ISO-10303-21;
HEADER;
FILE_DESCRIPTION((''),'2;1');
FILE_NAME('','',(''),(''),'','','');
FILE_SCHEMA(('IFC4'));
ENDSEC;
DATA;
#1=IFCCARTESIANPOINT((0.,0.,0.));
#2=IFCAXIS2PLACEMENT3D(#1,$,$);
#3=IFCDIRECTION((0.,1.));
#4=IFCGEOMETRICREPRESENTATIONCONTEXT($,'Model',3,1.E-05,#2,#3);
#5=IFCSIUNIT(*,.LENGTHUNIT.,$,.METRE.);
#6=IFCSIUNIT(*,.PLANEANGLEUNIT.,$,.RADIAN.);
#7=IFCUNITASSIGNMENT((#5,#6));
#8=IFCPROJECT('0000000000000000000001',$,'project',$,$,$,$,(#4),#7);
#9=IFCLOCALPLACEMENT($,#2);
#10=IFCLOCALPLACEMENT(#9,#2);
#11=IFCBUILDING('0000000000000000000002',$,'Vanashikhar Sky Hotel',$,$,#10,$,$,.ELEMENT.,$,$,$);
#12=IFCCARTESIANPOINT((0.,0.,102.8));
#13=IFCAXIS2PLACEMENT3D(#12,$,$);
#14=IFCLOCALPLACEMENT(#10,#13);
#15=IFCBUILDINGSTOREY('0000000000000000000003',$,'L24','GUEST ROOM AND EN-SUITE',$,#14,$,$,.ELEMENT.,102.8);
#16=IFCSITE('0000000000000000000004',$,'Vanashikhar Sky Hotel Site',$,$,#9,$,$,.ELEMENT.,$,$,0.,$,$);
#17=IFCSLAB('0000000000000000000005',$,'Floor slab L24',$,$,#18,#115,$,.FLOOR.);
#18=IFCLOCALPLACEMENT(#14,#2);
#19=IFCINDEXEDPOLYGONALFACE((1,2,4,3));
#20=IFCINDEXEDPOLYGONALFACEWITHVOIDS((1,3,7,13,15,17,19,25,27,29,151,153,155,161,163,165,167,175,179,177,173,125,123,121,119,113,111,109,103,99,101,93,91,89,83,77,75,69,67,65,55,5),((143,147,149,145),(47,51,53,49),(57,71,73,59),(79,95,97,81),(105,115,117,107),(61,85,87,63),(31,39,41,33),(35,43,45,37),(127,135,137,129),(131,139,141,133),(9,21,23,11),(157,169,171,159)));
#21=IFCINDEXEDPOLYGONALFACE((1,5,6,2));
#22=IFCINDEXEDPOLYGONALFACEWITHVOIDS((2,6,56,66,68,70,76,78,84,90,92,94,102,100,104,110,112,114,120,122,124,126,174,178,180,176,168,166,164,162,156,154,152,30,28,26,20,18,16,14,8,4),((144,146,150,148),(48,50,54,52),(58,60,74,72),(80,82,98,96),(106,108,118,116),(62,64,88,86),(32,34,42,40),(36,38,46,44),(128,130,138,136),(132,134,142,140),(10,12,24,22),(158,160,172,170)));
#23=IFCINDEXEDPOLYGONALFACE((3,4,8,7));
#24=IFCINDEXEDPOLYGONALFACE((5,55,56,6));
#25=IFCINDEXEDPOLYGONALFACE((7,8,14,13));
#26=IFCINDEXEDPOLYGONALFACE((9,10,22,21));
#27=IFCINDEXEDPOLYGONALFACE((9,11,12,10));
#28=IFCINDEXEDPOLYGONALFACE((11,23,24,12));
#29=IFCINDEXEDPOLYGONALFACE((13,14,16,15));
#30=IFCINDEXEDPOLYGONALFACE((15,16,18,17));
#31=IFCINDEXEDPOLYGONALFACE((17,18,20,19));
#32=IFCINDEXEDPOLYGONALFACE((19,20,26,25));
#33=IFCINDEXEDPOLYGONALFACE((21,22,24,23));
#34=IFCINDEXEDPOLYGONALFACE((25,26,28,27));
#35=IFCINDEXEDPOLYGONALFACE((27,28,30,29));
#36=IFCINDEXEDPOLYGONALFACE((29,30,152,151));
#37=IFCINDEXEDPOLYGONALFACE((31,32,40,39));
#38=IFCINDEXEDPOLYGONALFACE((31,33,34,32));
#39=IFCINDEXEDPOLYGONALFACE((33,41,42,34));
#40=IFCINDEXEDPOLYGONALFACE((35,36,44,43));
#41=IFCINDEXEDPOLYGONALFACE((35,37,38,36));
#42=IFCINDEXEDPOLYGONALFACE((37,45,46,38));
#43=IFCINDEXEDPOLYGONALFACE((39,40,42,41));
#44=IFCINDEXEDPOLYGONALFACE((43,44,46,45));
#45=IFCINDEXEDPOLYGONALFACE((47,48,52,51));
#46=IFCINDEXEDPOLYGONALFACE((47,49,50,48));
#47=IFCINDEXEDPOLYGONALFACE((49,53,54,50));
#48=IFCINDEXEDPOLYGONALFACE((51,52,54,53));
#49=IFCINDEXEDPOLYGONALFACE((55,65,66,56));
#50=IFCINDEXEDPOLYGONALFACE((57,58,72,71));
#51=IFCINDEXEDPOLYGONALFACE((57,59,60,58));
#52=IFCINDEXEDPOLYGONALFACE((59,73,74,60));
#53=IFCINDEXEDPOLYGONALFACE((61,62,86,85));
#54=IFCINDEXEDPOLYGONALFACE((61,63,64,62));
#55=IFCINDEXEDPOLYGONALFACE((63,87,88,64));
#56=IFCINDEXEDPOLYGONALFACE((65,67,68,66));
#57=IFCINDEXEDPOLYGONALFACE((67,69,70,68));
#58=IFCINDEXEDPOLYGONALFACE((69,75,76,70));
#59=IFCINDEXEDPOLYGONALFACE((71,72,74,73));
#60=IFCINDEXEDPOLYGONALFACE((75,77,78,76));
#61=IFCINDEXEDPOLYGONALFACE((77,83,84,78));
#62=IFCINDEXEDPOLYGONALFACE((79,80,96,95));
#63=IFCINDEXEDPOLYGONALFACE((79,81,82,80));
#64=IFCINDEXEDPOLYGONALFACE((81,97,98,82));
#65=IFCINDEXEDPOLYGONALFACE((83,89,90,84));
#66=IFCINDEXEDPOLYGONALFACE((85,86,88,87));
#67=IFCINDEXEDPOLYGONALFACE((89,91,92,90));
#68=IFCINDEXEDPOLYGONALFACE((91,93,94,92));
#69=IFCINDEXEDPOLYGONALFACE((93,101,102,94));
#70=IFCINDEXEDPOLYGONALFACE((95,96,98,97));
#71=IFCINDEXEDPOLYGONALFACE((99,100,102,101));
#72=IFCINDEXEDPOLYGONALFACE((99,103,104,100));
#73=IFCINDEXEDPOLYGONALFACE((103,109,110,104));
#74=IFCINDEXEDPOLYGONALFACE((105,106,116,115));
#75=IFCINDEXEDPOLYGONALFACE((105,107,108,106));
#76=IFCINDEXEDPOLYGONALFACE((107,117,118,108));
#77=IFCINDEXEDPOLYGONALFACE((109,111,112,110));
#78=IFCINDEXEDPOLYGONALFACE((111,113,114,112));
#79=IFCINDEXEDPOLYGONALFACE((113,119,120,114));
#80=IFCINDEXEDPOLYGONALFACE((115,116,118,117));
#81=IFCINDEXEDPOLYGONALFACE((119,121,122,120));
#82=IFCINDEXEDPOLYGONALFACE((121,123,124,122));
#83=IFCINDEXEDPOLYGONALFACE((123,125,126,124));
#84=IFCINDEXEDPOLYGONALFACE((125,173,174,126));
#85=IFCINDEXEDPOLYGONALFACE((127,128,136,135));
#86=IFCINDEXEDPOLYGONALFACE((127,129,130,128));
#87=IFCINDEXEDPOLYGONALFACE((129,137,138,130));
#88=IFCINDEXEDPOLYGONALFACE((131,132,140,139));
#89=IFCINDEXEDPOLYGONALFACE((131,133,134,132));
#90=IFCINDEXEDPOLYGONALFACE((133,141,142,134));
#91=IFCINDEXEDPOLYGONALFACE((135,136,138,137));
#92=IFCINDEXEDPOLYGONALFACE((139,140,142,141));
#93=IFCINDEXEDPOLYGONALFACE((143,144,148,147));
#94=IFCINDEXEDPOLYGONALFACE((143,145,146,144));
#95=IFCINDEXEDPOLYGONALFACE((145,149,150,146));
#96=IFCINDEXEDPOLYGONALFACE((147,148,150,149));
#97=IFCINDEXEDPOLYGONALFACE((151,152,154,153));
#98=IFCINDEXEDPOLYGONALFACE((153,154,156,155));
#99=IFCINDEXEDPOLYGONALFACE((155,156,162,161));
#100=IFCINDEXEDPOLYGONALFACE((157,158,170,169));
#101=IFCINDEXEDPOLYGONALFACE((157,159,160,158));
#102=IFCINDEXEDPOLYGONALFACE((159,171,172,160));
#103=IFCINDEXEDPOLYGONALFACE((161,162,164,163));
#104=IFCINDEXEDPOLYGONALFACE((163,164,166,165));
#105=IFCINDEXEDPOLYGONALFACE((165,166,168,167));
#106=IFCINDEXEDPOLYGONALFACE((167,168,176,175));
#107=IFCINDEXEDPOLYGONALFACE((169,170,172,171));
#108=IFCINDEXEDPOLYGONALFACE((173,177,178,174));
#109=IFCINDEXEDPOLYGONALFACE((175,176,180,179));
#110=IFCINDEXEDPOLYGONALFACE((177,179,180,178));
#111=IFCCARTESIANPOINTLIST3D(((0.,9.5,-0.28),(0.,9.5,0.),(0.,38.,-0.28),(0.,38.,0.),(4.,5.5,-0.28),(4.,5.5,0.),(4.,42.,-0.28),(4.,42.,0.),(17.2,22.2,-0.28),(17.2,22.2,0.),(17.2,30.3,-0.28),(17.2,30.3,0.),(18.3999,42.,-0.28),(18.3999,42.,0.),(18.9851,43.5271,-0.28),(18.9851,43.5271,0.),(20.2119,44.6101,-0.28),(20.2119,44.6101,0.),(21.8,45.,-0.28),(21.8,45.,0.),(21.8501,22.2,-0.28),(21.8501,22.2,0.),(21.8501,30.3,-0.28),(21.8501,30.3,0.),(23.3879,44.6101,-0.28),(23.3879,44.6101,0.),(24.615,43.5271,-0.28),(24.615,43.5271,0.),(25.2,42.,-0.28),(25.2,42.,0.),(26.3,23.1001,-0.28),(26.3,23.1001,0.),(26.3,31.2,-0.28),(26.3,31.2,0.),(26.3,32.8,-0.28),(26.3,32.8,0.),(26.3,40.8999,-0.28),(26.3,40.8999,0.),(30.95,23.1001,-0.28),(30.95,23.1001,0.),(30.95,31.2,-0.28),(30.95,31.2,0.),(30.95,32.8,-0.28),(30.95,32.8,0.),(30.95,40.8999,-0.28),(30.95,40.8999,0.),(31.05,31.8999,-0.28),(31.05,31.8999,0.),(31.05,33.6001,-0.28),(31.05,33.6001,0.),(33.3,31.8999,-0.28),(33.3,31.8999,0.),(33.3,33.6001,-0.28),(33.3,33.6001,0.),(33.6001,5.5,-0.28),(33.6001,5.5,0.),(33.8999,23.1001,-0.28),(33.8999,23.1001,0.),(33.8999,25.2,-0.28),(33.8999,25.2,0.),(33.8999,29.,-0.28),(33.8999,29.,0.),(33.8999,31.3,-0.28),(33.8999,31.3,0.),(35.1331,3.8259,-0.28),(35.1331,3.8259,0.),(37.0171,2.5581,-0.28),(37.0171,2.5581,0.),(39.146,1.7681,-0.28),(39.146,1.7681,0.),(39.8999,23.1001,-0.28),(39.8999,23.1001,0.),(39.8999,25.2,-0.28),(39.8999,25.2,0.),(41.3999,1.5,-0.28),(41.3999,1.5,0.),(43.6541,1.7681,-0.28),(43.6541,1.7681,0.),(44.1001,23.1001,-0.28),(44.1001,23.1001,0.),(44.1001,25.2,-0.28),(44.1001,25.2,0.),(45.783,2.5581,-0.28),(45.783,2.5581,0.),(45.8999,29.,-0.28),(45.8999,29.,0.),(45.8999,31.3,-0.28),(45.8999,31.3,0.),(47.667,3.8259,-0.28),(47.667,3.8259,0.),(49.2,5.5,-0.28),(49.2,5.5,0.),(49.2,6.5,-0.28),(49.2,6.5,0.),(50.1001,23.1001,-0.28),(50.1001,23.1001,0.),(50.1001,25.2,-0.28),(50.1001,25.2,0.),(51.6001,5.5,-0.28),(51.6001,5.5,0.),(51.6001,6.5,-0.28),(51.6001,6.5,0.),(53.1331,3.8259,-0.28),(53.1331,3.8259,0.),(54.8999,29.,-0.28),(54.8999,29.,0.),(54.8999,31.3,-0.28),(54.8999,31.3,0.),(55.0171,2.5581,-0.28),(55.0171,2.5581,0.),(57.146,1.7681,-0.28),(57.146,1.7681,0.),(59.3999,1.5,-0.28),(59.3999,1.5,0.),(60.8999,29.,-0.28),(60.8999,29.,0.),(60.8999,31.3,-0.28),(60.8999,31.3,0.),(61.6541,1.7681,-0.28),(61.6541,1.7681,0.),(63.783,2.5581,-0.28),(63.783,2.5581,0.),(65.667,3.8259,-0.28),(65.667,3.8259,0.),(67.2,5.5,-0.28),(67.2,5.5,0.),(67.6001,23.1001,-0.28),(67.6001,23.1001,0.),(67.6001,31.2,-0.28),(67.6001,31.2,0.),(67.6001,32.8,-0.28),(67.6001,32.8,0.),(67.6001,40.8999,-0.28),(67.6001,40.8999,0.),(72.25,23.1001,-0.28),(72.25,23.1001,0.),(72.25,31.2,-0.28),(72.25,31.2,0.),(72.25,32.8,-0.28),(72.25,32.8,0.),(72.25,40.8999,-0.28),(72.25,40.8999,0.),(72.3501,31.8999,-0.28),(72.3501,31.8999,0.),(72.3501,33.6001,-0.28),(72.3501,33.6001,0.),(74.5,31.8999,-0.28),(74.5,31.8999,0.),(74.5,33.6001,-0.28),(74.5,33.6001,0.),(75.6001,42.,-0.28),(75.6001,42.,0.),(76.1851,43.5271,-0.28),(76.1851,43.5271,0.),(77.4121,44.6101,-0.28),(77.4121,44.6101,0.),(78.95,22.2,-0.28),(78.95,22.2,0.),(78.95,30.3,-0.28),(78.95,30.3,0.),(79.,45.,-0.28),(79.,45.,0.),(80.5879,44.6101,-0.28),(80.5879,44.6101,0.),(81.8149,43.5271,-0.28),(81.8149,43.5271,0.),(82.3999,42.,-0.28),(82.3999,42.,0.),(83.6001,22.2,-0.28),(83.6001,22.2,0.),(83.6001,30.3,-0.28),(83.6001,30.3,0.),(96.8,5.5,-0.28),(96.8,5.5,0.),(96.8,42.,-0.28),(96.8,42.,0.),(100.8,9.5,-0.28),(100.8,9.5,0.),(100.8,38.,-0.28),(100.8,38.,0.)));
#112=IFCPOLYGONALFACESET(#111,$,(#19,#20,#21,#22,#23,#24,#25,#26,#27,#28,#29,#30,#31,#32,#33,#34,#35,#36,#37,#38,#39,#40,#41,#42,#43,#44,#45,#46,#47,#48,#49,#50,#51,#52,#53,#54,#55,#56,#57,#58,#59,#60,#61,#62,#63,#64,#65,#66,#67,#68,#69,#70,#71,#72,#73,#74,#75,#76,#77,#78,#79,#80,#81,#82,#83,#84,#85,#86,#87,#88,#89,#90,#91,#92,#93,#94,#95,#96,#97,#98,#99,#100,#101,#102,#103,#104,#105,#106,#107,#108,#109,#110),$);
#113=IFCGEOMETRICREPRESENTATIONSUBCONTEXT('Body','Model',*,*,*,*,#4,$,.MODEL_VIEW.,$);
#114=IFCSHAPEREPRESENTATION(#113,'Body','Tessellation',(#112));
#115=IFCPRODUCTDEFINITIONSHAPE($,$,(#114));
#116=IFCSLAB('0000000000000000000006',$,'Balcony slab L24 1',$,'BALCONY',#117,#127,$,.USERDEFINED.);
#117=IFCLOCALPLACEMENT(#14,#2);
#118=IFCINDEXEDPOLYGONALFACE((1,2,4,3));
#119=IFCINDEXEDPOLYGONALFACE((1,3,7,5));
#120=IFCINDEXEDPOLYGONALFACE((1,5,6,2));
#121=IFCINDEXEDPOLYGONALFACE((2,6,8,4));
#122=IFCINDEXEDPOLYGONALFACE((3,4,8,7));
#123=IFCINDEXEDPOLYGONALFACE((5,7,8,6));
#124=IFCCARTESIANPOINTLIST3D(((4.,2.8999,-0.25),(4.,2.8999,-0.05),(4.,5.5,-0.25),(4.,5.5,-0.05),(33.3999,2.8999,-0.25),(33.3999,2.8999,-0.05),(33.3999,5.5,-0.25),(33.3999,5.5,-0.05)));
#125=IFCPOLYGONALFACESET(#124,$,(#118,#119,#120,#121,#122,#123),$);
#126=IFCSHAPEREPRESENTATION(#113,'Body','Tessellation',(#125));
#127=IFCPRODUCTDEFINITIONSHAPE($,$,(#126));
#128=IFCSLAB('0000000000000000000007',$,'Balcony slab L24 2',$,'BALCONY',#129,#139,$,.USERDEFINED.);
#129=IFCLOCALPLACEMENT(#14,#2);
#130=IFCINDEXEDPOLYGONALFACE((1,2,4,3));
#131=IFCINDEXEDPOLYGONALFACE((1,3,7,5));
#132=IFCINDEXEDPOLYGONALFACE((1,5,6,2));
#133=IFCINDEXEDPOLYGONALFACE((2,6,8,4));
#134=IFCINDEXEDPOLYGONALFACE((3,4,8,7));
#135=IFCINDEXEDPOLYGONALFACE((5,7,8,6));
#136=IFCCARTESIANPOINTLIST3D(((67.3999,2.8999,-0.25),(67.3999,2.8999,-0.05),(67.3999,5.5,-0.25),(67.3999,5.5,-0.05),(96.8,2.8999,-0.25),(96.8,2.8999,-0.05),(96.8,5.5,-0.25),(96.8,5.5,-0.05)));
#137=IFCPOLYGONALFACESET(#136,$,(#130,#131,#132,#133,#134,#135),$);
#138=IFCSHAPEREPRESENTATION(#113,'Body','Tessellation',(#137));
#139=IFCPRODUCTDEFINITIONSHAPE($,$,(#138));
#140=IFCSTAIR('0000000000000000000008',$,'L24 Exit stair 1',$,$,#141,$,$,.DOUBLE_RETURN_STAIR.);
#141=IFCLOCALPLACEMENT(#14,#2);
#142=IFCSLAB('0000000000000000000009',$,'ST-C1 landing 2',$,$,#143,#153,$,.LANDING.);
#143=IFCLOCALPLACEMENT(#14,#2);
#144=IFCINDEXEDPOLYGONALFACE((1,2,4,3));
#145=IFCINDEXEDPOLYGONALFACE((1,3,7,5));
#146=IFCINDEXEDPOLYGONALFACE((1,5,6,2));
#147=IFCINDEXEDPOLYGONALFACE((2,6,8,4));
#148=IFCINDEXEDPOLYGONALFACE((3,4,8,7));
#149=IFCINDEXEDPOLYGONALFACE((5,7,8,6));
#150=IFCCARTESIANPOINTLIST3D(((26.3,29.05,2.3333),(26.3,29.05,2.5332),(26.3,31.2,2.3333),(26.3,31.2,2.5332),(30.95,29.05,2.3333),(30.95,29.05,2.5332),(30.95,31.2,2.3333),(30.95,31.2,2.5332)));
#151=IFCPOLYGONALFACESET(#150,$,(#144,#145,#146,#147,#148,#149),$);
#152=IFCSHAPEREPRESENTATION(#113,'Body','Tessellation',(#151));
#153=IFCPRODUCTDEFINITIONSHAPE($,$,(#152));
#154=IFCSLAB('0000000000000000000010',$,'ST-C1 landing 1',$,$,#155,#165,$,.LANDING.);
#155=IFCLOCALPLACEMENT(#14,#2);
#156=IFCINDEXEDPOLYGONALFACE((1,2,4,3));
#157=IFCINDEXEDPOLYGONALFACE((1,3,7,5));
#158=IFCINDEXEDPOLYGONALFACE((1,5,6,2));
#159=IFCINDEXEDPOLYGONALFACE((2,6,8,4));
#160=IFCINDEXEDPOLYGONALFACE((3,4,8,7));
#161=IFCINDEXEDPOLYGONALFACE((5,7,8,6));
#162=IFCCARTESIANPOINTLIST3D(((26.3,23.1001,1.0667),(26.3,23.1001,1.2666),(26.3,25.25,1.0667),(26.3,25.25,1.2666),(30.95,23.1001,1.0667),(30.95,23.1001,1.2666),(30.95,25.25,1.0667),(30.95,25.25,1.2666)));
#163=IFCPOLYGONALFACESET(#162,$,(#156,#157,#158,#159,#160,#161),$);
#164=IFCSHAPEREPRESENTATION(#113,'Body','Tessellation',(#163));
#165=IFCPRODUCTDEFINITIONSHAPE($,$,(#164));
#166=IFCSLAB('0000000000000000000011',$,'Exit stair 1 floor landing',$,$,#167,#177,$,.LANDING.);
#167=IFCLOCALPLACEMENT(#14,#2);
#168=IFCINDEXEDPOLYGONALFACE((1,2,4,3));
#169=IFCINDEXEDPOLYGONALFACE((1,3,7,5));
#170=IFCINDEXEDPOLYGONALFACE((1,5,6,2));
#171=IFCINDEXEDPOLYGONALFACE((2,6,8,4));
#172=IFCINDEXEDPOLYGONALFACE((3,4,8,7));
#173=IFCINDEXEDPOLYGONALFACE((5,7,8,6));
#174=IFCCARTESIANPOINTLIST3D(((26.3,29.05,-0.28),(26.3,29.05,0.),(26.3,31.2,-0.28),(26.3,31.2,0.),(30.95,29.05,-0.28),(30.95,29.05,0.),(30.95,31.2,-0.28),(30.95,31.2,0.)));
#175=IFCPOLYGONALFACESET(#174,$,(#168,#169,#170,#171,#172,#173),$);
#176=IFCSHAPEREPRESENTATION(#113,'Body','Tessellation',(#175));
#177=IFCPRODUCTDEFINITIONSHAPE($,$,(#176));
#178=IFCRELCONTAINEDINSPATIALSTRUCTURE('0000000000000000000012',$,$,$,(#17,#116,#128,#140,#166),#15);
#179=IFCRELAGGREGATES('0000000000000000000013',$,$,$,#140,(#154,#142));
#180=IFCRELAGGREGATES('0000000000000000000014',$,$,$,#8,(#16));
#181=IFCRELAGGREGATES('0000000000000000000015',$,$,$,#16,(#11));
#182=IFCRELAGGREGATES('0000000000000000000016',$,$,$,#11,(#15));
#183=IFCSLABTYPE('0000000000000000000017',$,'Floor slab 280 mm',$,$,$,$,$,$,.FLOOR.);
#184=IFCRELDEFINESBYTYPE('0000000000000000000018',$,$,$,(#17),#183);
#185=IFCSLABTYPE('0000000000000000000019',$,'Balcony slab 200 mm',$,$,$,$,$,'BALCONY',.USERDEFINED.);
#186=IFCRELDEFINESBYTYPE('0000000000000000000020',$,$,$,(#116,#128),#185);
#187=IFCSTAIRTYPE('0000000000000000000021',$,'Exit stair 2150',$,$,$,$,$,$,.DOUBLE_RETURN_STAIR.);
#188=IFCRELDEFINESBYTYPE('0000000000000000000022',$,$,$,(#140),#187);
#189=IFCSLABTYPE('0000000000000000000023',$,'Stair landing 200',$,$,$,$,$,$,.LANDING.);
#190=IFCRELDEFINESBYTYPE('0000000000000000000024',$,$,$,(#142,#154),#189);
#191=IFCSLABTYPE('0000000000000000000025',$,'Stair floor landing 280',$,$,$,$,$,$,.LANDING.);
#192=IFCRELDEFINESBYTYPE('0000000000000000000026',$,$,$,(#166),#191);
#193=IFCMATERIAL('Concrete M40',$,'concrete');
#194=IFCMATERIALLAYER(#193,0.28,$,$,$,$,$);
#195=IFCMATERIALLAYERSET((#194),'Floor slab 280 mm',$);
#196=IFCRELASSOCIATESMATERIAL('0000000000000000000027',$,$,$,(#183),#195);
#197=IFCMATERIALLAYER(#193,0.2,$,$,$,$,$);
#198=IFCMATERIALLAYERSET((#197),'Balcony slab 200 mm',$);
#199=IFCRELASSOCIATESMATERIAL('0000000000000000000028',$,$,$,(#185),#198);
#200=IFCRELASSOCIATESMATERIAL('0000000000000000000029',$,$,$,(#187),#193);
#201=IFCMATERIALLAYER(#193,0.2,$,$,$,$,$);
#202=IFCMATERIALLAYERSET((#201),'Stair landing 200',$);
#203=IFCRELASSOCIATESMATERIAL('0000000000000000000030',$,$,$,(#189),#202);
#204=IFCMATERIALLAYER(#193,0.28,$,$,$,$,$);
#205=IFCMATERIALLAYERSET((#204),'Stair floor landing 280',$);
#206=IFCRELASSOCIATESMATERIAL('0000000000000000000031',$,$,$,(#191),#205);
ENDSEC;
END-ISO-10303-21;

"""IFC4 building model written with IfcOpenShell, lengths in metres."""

from ifc_helpers import new_model, si_unit, direction, frame, origin, place, context, subcontext, project, spatial, polyline, outline, extrude, source, transform, mapped, material, layer, layer_set, type_object, element, aggregate, save


model = new_model("IFC4")

# Units and contexts
model_context = context("Model", 3, precision=1e-05, world=origin(), true_north=direction((0.0, 1.0)))
body_context = subcontext(model_context, "Body", "Model", "MODEL_VIEW")
ifc_project = project(units=[si_unit("LENGTHUNIT", "METRE"), si_unit("PLANEANGLEUNIT", "RADIAN")], contexts=[model_context])

# Site, building, storey
site_placement = place(None, origin())
site = spatial("IfcSite", under=ifc_project, at=site_placement, Name="Vanashikhar Sky Hotel Site", CompositionType="ELEMENT", RefElevation=0.0)
building_placement = place(site_placement, origin())
building = spatial("IfcBuilding", under=site, at=building_placement, Name="Vanashikhar Sky Hotel", CompositionType="ELEMENT")
storey_placement = place(building_placement, frame((0.0, 0.0, 102.8)))
storey = spatial("IfcBuildingStorey", under=building, at=storey_placement, Name="L24", Description="GUEST ROOM AND EN-SUITE", CompositionType="ELEMENT", Elevation=102.8)

# Slabs
ifc_material_1 = material(Name="Concrete M40", Category="concrete")
ifc_layer_1 = layer(ifc_material_1, 0.28)
ifc_layer_set_1 = layer_set([ifc_layer_1], Name="Floor slab 280 mm")
slab_type_1 = type_object("IfcSlabType", Name="Floor slab 280 mm", PredefinedType="FLOOR", material=ifc_layer_set_1)
shared_shape_1 = source(origin(), body_context, "Body", "SweptSolid", [
    extrude(outline(polyline([(49.2, 5.5), (49.2, 6.5), (51.6001, 6.5), (51.6001, 5.5), (53.1331, 3.8259), (55.0171, 2.5581), (57.146, 1.7681), (59.3999, 1.5), (61.6541, 1.7681), (63.783, 2.5581), (65.667, 3.8259), (67.2, 5.5), (96.8, 5.5), (100.8, 9.5), (100.8, 38.0), (96.8, 42.0), (82.3999, 42.0), (81.8149, 43.5271), (80.5879, 44.6101), (79.0, 45.0), (77.4121, 44.6101), (76.1851, 43.5271), (75.6001, 42.0), (25.2, 42.0), (24.615, 43.5271), (23.3879, 44.6101), (21.8, 45.0), (20.2119, 44.6101), (18.9851, 43.5271), (18.3999, 42.0), (4.0, 42.0), (0.0, 38.0), (0.0, 9.5), (4.0, 5.5), (33.6001, 5.5), (35.1331, 3.8259), (37.0171, 2.5581), (39.146, 1.7681), (41.3999, 1.5), (43.6541, 1.7681), (45.783, 2.5581), (47.667, 3.8259), (49.2, 5.5)]), holes=[polyline([(33.3, 33.6001), (31.05, 33.6001), (31.05, 31.8999), (33.3, 31.8999), (33.3, 33.6001)]), polyline([(33.8999, 25.2), (33.8999, 23.1001), (39.8999, 23.1001), (39.8999, 25.2), (33.8999, 25.2)]), polyline([(33.8999, 31.3), (33.8999, 29.0), (45.8999, 29.0), (45.8999, 31.3), (33.8999, 31.3)]), polyline([(44.1001, 25.2), (44.1001, 23.1001), (50.1001, 23.1001), (50.1001, 25.2), (44.1001, 25.2)]), polyline([(54.8999, 31.3), (54.8999, 29.0), (60.8999, 29.0), (60.8999, 31.3), (54.8999, 31.3)]), polyline([(74.5, 33.6001), (72.3501, 33.6001), (72.3501, 31.8999), (74.5, 31.8999), (74.5, 33.6001)]), polyline([(30.95, 23.1001), (30.95, 31.2), (26.3, 31.2), (26.3, 23.1001), (30.95, 23.1001)]), polyline([(72.25, 23.1001), (72.25, 31.2), (67.6001, 31.2), (67.6001, 23.1001), (72.25, 23.1001)]), polyline([(30.95, 32.8), (30.95, 40.8999), (26.3, 40.8999), (26.3, 32.8), (30.95, 32.8)]), polyline([(72.25, 32.8), (72.25, 40.8999), (67.6001, 40.8999), (67.6001, 32.8), (72.25, 32.8)]), polyline([(83.6001, 22.2), (83.6001, 30.3), (78.95, 30.3), (78.95, 22.2), (83.6001, 22.2)]), polyline([(21.8501, 22.2), (21.8501, 30.3), (17.2, 30.3), (17.2, 22.2), (21.8501, 22.2)])]), origin(), (0.0, 0.0, 1.0), 0.28),
])
slab_1_placement = place(storey_placement, frame((0.0, 0.0, -0.28)))
element("IfcSlab", 1, at=slab_1_placement, inside=storey, type_object=slab_type_1, Name="Floor slab L24", PredefinedType="FLOOR", context=body_context, shape_type="MappedRepresentation", body=[
    mapped(shared_shape_1, transform((0.0, 0.0, 0.0), scale=1.0)),
])
ifc_layer_2 = layer(ifc_material_1, 0.2)
ifc_layer_set_2 = layer_set([ifc_layer_2], Name="Balcony slab 200 mm")
slab_type_2 = type_object("IfcSlabType", Name="Balcony slab 200 mm", ElementType="BALCONY", PredefinedType="USERDEFINED", material=ifc_layer_set_2)
shared_shape_2 = source(origin(), body_context, "Body", "SweptSolid", [
    extrude(outline(polyline([(4.0, 2.8999), (33.3999, 2.8999), (33.3999, 5.5), (4.0, 5.5), (4.0, 2.8999)])), origin(), (0.0, 0.0, 1.0), 0.2),
])
slab_2_placement = place(storey_placement, frame((0.0, 0.0, -0.25)))
element("IfcSlab", 2, at=slab_2_placement, inside=storey, type_object=slab_type_2, Name="Balcony slab L24 1", ObjectType="BALCONY", PredefinedType="USERDEFINED", context=body_context, shape_type="MappedRepresentation", body=[
    mapped(shared_shape_2, transform((0.0, 0.0, 0.0), scale=1.0)),
])
shared_shape_3 = source(origin(), body_context, "Body", "SweptSolid", [
    extrude(outline(polyline([(67.3999, 2.8999), (96.8, 2.8999), (96.8, 5.5), (67.3999, 5.5), (67.3999, 2.8999)])), origin(), (0.0, 0.0, 1.0), 0.2),
])
slab_3_placement = place(storey_placement, frame((0.0, 0.0, -0.25)))
element("IfcSlab", 3, at=slab_3_placement, inside=storey, type_object=slab_type_2, Name="Balcony slab L24 2", ObjectType="BALCONY", PredefinedType="USERDEFINED", context=body_context, shape_type="MappedRepresentation", body=[
    mapped(shared_shape_3, transform((0.0, 0.0, 0.0), scale=1.0)),
])

# Stair, slabs
stair_type = type_object("IfcStairType", Name="Exit stair 2150", PredefinedType="DOUBLE_RETURN_STAIR", material=ifc_material_1)
stair_1_placement = place(storey_placement, origin())
stair_1 = element("IfcStair", 4, at=stair_1_placement, inside=storey, type_object=stair_type, Name="L24 Exit stair 1", PredefinedType="DOUBLE_RETURN_STAIR")
ifc_layer_3 = layer(ifc_material_1, 0.2)
ifc_layer_set_3 = layer_set([ifc_layer_3], Name="Stair landing 200")
slab_type_3 = type_object("IfcSlabType", Name="Stair landing 200", PredefinedType="LANDING", material=ifc_layer_set_3)
shared_shape_4 = source(origin(), body_context, "Body", "SweptSolid", [
    extrude(outline(polyline([(30.95, 29.05), (30.95, 31.2), (26.3, 31.2), (26.3, 29.05), (30.95, 29.05)])), origin(), (0.0, 0.0, 1.0), 0.2),
])
slab_4_placement = place(storey_placement, frame((0.0, 0.0, 2.3333)))
slab_4 = element("IfcSlab", 5, at=slab_4_placement, type_object=slab_type_3, Name="ST-C1 landing 2", PredefinedType="LANDING", context=body_context, shape_type="MappedRepresentation", body=[
    mapped(shared_shape_4, transform((0.0, 0.0, 0.0), scale=1.0)),
])
shared_shape_5 = source(origin(), body_context, "Body", "SweptSolid", [
    extrude(outline(polyline([(30.95, 23.1001), (30.95, 25.25), (26.3, 25.25), (26.3, 23.1001), (30.95, 23.1001)])), origin(), (0.0, 0.0, 1.0), 0.2),
])
slab_5_placement = place(storey_placement, frame((0.0, 0.0, 1.0667)))
slab_5 = element("IfcSlab", 6, at=slab_5_placement, type_object=slab_type_3, Name="ST-C1 landing 1", PredefinedType="LANDING", context=body_context, shape_type="MappedRepresentation", body=[
    mapped(shared_shape_5, transform((0.0, 0.0, 0.0), scale=1.0)),
])
aggregate(stair_1, [slab_5, slab_4])

# Slab
ifc_layer_4 = layer(ifc_material_1, 0.28)
ifc_layer_set_4 = layer_set([ifc_layer_4], Name="Stair floor landing 280")
slab_type_4 = type_object("IfcSlabType", Name="Stair floor landing 280", PredefinedType="LANDING", material=ifc_layer_set_4)
shared_shape_6 = source(origin(), body_context, "Body", "SweptSolid", [
    extrude(outline(polyline([(30.95, 29.05), (30.95, 31.2), (26.3, 31.2), (26.3, 29.05), (30.95, 29.05)])), origin(), (0.0, 0.0, 1.0), 0.28),
])
slab_6_placement = place(storey_placement, frame((0.0, 0.0, -0.28)))
element("IfcSlab", 7, at=slab_6_placement, inside=storey, type_object=slab_type_4, Name="Exit stair 1 floor landing", PredefinedType="LANDING", context=body_context, shape_type="MappedRepresentation", body=[
    mapped(shared_shape_6, transform((0.0, 0.0, 0.0), scale=1.0)),
])

save(model, "model.ifc")
